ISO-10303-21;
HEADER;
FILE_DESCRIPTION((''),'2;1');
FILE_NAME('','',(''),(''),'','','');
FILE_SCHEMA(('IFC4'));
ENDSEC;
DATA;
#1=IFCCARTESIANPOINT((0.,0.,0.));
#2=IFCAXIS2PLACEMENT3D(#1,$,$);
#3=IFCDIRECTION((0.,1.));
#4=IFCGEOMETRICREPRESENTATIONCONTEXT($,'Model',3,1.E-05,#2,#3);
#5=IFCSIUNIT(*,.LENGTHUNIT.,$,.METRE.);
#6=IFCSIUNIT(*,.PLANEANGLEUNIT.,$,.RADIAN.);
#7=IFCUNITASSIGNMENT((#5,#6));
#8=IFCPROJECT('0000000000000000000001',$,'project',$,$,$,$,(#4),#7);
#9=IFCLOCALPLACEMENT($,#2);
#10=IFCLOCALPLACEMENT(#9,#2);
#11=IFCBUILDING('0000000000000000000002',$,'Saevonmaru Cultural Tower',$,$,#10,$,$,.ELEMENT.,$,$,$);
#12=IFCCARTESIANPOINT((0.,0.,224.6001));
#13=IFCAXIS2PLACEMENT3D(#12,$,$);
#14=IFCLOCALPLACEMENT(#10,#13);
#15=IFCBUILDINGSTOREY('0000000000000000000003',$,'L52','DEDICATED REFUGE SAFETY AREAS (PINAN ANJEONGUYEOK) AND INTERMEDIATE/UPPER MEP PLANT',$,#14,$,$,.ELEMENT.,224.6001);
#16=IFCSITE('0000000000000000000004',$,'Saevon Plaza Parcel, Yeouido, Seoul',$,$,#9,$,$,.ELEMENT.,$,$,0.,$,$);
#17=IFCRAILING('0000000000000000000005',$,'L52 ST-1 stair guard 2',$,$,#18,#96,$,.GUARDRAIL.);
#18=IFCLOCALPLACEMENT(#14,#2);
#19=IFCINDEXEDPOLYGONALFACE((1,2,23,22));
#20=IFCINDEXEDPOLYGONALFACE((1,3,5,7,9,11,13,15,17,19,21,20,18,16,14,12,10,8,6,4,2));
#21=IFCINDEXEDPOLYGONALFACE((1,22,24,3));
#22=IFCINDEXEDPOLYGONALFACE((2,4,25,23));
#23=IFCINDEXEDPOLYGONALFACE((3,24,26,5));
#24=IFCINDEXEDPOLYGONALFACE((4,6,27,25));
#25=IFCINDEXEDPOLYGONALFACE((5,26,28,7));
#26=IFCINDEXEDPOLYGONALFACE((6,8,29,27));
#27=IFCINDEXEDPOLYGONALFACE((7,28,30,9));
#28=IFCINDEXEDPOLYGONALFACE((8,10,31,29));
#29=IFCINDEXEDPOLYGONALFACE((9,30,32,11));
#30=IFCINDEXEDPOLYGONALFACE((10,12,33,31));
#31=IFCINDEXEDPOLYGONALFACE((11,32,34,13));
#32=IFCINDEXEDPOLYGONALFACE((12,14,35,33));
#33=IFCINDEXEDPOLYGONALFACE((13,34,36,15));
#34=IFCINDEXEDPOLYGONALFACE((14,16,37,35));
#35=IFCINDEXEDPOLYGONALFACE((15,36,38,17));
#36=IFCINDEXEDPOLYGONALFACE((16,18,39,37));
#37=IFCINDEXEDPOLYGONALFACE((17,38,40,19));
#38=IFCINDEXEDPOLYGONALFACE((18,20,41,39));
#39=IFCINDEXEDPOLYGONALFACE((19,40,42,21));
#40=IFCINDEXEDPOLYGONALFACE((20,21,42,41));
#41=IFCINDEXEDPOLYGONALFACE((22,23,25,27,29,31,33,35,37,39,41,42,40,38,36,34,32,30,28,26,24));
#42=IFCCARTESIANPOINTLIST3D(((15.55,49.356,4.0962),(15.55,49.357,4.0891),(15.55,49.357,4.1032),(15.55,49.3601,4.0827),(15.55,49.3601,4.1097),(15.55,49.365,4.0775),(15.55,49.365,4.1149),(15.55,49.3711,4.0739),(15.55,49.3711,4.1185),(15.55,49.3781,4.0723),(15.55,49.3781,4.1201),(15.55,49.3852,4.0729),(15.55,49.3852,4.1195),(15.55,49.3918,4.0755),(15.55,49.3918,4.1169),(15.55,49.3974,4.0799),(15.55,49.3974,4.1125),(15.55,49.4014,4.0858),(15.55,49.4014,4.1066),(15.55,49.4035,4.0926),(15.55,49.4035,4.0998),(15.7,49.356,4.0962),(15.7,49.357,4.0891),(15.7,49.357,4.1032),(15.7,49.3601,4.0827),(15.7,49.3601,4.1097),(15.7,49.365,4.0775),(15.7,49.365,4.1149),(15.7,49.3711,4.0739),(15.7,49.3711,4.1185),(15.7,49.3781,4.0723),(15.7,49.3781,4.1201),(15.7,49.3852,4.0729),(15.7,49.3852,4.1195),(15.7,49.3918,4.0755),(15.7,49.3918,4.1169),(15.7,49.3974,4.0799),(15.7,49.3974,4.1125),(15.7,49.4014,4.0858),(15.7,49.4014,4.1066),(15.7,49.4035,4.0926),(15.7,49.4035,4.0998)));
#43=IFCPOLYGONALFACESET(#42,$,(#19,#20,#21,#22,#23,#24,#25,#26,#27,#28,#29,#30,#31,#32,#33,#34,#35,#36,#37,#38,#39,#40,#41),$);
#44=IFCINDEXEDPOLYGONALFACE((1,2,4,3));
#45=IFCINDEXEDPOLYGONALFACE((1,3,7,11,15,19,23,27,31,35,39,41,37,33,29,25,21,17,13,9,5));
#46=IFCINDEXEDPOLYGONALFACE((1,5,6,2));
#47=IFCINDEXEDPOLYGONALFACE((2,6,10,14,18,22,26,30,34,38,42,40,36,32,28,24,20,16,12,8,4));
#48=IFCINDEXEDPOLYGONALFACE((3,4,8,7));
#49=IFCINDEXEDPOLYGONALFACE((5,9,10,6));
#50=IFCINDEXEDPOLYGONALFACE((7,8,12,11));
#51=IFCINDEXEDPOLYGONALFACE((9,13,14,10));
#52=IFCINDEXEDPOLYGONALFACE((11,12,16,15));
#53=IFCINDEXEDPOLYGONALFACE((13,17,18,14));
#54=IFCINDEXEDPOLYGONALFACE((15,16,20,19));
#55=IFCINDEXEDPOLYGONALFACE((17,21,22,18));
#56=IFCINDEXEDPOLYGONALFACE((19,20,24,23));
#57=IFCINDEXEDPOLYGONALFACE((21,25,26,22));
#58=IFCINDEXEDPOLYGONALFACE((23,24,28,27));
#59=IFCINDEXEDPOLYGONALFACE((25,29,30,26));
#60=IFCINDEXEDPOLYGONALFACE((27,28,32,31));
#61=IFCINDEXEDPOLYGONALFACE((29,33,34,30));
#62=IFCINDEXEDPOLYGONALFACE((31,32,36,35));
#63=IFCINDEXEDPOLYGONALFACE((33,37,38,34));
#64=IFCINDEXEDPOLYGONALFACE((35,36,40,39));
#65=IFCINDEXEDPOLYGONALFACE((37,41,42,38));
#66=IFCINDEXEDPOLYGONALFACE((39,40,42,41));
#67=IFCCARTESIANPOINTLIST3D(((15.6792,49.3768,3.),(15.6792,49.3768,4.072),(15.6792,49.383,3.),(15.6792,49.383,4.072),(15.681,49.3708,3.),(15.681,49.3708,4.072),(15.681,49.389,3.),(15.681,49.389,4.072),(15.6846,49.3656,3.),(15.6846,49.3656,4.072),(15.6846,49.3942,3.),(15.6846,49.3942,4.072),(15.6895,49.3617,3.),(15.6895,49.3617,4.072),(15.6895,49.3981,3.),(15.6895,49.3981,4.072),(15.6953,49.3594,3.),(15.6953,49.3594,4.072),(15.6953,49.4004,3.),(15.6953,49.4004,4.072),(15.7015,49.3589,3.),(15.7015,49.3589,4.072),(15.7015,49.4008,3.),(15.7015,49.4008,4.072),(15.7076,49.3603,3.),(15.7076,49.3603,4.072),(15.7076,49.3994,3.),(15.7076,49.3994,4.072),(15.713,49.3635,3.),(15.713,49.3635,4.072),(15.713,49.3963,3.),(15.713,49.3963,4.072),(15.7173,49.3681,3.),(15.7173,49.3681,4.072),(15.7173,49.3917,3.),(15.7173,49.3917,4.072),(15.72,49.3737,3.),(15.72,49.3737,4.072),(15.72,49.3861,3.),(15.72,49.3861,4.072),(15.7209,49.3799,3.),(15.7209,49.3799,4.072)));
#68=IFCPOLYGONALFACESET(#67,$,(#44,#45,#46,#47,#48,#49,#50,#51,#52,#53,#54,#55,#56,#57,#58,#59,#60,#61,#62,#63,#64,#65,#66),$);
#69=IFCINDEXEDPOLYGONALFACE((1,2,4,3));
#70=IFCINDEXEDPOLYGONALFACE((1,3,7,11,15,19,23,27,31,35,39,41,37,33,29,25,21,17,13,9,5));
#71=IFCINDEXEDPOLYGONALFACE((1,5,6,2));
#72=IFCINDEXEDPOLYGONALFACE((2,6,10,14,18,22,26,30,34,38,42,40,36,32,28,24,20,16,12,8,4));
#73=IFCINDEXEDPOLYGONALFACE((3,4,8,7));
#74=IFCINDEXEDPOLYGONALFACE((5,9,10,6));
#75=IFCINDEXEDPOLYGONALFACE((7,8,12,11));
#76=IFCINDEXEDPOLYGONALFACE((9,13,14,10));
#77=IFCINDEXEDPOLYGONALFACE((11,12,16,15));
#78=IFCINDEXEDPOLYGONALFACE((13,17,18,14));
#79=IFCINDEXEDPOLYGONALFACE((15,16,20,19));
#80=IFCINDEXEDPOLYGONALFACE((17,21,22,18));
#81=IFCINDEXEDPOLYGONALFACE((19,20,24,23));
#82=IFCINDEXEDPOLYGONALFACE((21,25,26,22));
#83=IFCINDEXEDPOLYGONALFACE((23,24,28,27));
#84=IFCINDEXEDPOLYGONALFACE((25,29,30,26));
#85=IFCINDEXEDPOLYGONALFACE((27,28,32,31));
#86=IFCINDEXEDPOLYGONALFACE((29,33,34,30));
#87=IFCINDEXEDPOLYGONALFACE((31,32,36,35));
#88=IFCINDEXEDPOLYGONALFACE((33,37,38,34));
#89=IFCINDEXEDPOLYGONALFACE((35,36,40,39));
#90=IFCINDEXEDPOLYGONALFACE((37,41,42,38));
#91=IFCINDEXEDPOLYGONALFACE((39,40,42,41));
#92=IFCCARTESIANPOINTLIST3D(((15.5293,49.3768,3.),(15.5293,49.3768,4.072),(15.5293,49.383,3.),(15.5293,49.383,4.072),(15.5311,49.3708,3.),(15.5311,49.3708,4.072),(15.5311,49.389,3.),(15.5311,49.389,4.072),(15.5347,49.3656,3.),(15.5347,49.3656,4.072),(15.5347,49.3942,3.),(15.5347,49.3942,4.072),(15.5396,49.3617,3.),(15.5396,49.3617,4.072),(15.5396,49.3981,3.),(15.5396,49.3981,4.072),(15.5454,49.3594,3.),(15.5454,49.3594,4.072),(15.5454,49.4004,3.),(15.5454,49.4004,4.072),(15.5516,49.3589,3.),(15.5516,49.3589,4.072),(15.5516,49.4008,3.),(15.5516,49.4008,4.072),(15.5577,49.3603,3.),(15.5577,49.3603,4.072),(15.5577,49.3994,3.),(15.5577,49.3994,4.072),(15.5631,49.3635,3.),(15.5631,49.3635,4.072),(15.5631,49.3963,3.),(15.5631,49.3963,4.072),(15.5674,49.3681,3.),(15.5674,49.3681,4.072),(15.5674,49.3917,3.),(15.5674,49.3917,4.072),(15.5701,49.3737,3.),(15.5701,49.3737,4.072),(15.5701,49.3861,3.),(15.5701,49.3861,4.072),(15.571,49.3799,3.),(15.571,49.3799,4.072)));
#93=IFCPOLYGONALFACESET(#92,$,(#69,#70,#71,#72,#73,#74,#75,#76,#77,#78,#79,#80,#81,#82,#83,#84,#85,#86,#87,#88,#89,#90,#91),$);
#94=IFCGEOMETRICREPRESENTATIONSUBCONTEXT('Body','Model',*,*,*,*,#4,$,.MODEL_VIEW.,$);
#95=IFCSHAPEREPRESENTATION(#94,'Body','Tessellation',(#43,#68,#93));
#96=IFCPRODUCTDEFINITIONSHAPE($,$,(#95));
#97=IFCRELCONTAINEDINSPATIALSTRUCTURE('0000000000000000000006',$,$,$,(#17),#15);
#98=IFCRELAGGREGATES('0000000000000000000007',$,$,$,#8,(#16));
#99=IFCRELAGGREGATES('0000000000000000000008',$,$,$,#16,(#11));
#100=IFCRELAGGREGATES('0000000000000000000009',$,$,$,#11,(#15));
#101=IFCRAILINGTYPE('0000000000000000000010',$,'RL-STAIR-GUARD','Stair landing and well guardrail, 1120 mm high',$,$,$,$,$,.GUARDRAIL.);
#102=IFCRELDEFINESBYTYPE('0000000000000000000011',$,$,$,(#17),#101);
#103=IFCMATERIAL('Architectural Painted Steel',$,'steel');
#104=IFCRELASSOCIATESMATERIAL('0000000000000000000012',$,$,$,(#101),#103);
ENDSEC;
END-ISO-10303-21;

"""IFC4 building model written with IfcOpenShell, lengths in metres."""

from ifc_helpers import new_model, si_unit, direction, frame, origin, origin_2d, place, context, subcontext, project, spatial, circle, extrude, material, type_object, element, save


model = new_model("IFC4")

# Units and contexts
model_context = context("Model", 3, precision=1e-05, world=origin(), true_north=direction((0.0, 1.0)))
body_context = subcontext(model_context, "Body", "Model", "MODEL_VIEW")
ifc_project = project(units=[si_unit("LENGTHUNIT", "METRE"), si_unit("PLANEANGLEUNIT", "RADIAN")], contexts=[model_context])

# Site, building, storey
site_placement = place(None, origin())
site = spatial("IfcSite", under=ifc_project, at=site_placement, Name="Saevon Plaza Parcel, Yeouido, Seoul", CompositionType="ELEMENT", RefElevation=0.0)
building_placement = place(site_placement, origin())
building = spatial("IfcBuilding", under=site, at=building_placement, Name="Saevonmaru Cultural Tower", CompositionType="ELEMENT")
storey_placement = place(building_placement, frame((0.0, 0.0, 224.6001)))
storey = spatial("IfcBuildingStorey", under=building, at=storey_placement, Name="L52", Description="DEDICATED REFUGE SAFETY AREAS (PINAN ANJEONGUYEOK) AND INTERMEDIATE/UPPER MEP PLANT", CompositionType="ELEMENT", Elevation=224.6001)

# Railing
ifc_material_1 = material(Name="Architectural Painted Steel", Category="steel")
railing_type_1 = type_object("IfcRailingType", Name="RL-STAIR-GUARD", Description="Stair landing and well guardrail, 1120 mm high", PredefinedType="GUARDRAIL", material=ifc_material_1)
railing_1_placement = place(storey_placement, frame((15.7, 49.3799, 3.0)))
element("IfcRailing", 1, at=railing_1_placement, inside=storey, type_object=railing_type_1, Name="L52 ST-1 stair guard 2", PredefinedType="GUARDRAIL", context=body_context, shape_type="SweptSolid", body=[
    extrude(circle(Radius=0.0239, at=origin_2d()), frame((0.0, 0.0, 1.0962), z_axis=(-1.0, 0.0, 0.0), x_axis=(0.0, -1.0, 0.0)), (0.0, 0.0, 1.0), 0.1499),
    extrude(circle(Radius=0.021, at=origin_2d()), origin(), (0.0, 0.0, 1.0), 1.072),
    extrude(circle(Radius=0.021, at=origin_2d()), frame((-0.1499, 0.0, 0.0)), (0.0, 0.0, 1.0), 1.072),
])

save(model, "model.ifc")
